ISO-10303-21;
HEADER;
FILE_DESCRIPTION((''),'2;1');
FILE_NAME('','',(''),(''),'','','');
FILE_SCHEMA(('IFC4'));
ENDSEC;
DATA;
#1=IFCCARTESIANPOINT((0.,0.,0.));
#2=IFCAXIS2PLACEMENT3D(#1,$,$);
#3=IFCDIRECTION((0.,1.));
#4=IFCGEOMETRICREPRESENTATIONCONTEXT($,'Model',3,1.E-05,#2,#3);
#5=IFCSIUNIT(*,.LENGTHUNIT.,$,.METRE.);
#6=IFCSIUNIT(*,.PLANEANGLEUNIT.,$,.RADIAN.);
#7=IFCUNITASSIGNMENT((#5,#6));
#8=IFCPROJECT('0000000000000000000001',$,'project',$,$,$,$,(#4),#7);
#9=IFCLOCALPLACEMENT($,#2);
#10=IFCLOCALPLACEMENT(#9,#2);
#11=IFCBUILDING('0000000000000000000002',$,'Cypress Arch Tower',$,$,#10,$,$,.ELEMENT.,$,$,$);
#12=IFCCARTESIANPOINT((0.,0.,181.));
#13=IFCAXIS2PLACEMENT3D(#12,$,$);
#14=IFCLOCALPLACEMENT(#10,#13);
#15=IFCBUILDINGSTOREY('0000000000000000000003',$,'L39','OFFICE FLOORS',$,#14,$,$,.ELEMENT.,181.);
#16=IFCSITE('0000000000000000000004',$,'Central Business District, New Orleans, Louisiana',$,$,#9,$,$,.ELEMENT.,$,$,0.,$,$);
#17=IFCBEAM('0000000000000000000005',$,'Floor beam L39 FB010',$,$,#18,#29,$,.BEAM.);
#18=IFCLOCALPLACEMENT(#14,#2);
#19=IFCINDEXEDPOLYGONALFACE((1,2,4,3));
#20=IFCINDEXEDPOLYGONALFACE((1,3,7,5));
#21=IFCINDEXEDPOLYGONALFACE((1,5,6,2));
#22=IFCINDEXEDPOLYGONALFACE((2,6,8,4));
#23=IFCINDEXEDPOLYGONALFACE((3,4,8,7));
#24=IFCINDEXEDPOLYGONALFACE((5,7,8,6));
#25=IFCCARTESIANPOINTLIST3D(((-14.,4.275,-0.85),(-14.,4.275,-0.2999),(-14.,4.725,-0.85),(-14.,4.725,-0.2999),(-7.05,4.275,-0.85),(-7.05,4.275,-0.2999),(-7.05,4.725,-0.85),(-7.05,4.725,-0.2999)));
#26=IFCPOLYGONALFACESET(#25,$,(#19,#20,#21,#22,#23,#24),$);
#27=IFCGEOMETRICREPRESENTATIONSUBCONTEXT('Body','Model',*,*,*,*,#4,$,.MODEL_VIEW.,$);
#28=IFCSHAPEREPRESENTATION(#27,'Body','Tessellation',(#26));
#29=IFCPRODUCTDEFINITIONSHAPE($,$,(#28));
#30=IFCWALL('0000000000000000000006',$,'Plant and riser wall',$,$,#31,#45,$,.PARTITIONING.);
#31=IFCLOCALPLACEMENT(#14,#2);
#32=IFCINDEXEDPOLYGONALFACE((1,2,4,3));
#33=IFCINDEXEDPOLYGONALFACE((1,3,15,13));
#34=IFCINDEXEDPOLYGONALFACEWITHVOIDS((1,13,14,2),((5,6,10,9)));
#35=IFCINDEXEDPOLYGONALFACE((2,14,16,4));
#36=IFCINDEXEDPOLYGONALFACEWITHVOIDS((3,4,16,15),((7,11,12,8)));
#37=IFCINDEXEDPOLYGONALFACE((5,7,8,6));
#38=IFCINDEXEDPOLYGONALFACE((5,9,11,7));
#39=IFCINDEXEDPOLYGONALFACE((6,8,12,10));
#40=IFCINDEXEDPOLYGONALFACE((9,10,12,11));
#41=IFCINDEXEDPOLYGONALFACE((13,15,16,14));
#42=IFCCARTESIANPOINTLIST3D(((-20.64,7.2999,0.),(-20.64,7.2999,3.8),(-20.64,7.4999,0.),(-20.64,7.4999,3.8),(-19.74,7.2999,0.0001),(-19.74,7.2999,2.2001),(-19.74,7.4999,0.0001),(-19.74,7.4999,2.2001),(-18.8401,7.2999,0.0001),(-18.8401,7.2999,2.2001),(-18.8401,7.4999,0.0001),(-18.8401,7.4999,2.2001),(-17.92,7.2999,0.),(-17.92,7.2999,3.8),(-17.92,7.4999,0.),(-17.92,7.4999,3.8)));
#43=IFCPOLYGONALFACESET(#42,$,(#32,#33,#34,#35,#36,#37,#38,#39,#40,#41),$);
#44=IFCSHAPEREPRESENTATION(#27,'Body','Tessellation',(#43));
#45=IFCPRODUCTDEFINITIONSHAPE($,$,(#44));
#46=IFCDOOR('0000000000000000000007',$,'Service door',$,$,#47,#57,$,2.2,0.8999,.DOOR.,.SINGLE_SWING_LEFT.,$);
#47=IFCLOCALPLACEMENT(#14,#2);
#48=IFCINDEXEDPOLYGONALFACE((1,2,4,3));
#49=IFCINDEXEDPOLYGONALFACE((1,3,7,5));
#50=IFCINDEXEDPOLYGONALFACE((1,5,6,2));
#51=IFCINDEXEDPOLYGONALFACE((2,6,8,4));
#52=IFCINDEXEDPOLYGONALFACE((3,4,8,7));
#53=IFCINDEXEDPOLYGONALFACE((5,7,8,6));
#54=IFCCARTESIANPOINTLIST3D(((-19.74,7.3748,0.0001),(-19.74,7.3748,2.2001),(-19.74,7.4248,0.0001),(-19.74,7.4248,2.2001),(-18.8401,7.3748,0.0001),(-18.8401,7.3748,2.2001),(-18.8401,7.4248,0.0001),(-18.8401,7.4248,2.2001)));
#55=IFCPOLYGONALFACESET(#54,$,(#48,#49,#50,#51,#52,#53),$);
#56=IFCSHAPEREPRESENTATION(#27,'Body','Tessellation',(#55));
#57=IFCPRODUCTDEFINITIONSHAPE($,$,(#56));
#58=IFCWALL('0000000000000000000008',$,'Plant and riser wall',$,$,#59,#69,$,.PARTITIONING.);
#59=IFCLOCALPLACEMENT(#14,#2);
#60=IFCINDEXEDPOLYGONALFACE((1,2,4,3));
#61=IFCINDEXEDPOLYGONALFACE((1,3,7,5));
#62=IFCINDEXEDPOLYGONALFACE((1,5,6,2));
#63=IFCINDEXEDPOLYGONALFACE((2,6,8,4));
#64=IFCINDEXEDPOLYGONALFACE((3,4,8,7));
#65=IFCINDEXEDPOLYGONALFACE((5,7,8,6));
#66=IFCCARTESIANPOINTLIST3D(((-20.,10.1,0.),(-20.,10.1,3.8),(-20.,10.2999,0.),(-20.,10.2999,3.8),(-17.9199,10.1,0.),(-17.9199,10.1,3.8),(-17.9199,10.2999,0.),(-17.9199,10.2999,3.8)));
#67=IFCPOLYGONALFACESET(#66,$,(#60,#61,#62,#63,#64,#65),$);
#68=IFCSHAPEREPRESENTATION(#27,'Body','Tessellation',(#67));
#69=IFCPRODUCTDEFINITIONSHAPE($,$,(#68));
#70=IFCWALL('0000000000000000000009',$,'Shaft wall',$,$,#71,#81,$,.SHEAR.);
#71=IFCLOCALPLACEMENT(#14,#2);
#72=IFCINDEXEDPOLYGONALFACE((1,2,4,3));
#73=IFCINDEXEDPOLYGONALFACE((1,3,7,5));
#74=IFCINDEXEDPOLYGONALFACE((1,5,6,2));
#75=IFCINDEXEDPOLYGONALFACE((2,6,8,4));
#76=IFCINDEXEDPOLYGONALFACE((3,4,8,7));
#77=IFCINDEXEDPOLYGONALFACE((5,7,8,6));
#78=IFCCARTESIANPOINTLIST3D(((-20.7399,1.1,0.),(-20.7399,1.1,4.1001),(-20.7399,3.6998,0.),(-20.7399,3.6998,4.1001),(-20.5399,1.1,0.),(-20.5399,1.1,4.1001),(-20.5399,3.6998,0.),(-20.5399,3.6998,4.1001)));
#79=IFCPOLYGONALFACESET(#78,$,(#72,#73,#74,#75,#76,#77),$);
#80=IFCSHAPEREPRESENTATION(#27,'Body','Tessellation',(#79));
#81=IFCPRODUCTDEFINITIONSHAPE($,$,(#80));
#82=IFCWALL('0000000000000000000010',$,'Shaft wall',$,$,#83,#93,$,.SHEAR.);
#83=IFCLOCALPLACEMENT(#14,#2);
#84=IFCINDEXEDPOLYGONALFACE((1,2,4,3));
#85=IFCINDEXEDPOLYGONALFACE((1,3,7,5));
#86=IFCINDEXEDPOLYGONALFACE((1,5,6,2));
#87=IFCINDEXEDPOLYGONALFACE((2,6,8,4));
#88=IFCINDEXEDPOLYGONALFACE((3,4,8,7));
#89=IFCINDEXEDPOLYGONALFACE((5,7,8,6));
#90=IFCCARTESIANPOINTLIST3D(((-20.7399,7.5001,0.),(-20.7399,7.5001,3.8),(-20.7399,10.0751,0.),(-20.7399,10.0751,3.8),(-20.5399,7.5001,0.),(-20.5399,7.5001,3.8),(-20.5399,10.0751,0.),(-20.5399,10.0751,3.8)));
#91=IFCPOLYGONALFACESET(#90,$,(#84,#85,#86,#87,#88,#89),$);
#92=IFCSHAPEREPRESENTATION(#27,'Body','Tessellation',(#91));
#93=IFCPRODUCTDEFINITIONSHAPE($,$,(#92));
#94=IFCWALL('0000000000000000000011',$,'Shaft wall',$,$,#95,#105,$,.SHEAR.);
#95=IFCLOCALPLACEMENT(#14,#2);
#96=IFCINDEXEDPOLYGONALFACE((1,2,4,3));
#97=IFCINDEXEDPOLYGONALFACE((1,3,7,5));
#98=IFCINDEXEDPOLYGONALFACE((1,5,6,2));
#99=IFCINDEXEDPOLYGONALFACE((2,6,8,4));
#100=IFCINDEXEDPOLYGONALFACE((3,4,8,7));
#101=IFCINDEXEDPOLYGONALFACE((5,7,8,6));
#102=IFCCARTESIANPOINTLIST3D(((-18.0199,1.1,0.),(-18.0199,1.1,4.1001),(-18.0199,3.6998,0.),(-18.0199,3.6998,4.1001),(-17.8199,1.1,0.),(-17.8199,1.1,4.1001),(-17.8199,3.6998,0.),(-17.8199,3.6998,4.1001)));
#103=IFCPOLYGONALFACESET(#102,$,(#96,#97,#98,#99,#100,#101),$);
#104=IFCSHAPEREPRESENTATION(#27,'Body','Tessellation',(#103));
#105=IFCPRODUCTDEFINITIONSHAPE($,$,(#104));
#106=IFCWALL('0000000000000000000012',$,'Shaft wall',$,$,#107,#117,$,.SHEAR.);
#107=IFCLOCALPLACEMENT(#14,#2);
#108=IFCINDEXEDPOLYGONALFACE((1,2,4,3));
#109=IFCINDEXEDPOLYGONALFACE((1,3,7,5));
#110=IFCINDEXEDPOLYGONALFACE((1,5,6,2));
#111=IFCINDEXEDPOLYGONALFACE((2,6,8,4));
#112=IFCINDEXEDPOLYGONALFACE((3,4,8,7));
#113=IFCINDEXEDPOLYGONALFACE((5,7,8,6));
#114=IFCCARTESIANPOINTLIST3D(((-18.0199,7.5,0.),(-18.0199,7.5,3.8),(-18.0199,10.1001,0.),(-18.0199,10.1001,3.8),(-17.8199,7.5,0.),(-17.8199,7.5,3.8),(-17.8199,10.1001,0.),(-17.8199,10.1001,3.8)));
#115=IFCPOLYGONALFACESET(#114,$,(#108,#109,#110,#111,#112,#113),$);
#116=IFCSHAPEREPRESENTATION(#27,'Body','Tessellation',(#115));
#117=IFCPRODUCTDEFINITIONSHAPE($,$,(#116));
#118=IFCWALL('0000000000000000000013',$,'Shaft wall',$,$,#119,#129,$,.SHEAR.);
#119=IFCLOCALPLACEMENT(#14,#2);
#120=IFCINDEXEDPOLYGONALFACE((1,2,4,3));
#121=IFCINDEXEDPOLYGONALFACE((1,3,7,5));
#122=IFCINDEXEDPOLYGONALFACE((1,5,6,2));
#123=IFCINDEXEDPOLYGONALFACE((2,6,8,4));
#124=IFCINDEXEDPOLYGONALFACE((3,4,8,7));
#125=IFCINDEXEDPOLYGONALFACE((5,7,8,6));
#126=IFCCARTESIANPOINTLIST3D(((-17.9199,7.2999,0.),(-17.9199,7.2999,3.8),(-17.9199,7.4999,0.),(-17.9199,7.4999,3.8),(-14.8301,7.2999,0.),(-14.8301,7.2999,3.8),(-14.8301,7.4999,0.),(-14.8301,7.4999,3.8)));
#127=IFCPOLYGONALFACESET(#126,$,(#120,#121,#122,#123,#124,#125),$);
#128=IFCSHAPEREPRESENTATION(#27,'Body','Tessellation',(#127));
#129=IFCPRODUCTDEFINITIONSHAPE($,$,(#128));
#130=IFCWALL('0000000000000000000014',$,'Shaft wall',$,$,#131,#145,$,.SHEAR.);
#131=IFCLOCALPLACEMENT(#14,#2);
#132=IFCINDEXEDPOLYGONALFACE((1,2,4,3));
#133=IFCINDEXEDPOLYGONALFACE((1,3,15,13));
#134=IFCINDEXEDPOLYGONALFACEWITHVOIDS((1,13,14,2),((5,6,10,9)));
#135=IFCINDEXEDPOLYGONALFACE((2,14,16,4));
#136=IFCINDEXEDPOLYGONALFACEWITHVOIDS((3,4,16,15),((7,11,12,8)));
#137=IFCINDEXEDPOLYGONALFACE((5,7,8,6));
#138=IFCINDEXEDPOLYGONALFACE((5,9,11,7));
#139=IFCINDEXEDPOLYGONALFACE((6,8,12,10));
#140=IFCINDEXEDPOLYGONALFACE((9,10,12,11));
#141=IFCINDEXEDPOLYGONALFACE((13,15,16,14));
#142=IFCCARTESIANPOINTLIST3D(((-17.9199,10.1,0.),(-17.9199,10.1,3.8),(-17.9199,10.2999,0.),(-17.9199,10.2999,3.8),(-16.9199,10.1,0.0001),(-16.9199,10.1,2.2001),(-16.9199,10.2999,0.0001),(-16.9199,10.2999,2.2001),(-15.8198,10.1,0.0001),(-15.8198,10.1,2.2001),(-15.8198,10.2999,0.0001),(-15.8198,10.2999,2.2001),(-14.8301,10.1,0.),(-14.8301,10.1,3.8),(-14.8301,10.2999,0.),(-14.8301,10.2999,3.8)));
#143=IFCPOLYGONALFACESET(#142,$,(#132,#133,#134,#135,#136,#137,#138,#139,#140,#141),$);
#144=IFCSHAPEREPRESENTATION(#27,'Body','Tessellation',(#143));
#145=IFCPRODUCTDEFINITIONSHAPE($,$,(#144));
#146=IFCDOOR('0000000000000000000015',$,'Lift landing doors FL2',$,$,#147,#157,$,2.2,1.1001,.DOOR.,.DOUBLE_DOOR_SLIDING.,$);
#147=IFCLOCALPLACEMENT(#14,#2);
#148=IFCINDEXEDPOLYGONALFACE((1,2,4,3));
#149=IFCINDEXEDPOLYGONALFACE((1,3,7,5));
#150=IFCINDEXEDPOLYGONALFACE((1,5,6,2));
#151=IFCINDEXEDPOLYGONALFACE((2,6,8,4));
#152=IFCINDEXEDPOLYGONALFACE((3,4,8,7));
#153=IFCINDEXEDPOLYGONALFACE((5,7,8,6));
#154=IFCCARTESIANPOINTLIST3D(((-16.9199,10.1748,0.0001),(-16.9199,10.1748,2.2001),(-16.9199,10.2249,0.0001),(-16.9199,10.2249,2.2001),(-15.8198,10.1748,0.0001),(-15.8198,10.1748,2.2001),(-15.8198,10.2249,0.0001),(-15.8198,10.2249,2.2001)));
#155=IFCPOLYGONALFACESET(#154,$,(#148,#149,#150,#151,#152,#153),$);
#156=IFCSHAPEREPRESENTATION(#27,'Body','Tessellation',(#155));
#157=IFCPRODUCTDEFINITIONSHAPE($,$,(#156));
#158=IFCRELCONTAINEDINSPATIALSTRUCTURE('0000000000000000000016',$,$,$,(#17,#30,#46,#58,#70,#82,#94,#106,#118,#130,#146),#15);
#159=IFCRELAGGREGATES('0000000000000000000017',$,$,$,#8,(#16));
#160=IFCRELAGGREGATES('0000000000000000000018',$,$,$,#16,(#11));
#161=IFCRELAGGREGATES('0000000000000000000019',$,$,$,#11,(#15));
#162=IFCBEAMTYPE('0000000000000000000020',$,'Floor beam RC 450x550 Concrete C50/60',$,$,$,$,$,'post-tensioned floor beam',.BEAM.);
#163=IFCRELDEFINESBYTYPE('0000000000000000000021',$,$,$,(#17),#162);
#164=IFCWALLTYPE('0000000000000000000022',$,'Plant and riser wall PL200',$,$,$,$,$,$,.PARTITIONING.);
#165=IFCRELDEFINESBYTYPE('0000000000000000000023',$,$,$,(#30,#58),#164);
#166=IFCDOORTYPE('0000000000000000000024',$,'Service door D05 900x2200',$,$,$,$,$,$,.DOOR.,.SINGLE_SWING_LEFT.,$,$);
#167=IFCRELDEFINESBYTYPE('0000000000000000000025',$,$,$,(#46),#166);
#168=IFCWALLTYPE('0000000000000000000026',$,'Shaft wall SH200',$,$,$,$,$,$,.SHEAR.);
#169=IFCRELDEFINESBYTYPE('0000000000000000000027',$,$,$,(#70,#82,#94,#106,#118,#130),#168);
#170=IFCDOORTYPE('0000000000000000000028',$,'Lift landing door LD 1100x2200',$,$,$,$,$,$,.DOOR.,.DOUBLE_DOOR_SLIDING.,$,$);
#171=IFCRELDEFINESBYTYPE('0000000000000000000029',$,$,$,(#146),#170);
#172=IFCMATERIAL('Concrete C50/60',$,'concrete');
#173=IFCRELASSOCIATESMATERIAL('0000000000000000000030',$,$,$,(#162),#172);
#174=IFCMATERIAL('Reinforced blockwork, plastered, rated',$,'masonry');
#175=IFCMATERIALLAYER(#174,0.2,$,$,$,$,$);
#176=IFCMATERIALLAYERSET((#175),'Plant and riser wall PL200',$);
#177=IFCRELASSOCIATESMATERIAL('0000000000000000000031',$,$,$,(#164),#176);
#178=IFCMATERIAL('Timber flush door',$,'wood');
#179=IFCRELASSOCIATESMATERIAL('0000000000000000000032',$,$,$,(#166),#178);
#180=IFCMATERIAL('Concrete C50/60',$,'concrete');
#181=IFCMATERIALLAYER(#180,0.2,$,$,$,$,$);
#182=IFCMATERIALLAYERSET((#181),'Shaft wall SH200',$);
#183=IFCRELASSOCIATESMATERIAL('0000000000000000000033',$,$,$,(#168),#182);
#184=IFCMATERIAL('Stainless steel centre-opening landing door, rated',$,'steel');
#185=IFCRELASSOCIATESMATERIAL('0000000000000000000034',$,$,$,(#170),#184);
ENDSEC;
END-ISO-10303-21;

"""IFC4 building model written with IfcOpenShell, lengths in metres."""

from ifc_helpers import new_model, si_unit, direction, frame, frame_2d, origin, origin_2d, place, context, subcontext, project, spatial, rectangle, extrude, material, layer, layer_set, material_profile, profile_set, type_object, element, fill, save


model = new_model("IFC4")

# Units and contexts
model_context = context("Model", 3, precision=1e-05, world=origin(), true_north=direction((0.0, 1.0)))
body_context = subcontext(model_context, "Body", "Model", "MODEL_VIEW")
ifc_project = project(units=[si_unit("LENGTHUNIT", "METRE"), si_unit("PLANEANGLEUNIT", "RADIAN")], contexts=[model_context])

# Site, building, storey
site_placement = place(None, origin())
site = spatial("IfcSite", under=ifc_project, at=site_placement, Name="Central Business District, New Orleans, Louisiana", CompositionType="ELEMENT", RefElevation=0.0)
building_placement = place(site_placement, origin())
building = spatial("IfcBuilding", under=site, at=building_placement, Name="Cypress Arch Tower", CompositionType="ELEMENT")
storey_placement = place(building_placement, frame((0.0, 0.0, 181.0)))
storey = spatial("IfcBuildingStorey", under=building, at=storey_placement, Name="L39", Description="OFFICE FLOORS", CompositionType="ELEMENT", Elevation=181.0)

# Beam
ifc_material_1 = material(Name="Concrete C50/60", Category="concrete")
ifc_material_profile = material_profile(ifc_material_1, rectangle(XDim=0.45, YDim=0.55, at=origin_2d()), Name="RC 450x550")
ifc_profile_set = profile_set([ifc_material_profile], Name="Concrete C50/60")
beam_type = type_object("IfcBeamType", Name="Floor beam RC 450x550 Concrete C50/60", ElementType="post-tensioned floor beam", PredefinedType="BEAM", material=ifc_profile_set)
beam_placement = place(storey_placement, frame((-14.0, 4.5, -0.575), z_axis=(1.0, 0.0, 0.0), x_axis=(0.0, 1.0, 0.0)))
element("IfcBeam", 1, at=beam_placement, inside=storey, type_object=beam_type, Name="Floor beam L39 FB010", PredefinedType="BEAM", context=body_context, shape_type="SweptSolid", body=[
    extrude(rectangle(XDim=0.45, YDim=0.55, at=origin_2d()), origin(), (0.0, 0.0, 1.0), 6.95),
])

# Wall, opening, door
ifc_material_2 = material(Name="Reinforced blockwork, plastered, rated", Category="masonry")
ifc_layer_1 = layer(ifc_material_2, 0.2)
ifc_layer_set_1 = layer_set([ifc_layer_1], Name="Plant and riser wall PL200")
wall_type_1 = type_object("IfcWallType", Name="Plant and riser wall PL200", PredefinedType="PARTITIONING", material=ifc_layer_set_1)
wall_1_placement = place(storey_placement, frame((-20.6399, 7.3999, 0.0), z_axis=(0.0, 0.0, 1.0), x_axis=(1.0, 0.0, 0.0)))
wall_1 = element("IfcWall", 2, at=wall_1_placement, inside=storey, type_object=wall_type_1, Name="Plant and riser wall", PredefinedType="PARTITIONING", context=body_context, shape_type="SweptSolid", body=[
    extrude(rectangle(XDim=2.72, YDim=0.2, at=frame_2d((1.3599, 0.0))), origin(), (0.0, 0.0, 1.0), 3.8),
])
opening_1_placement = place(wall_1_placement, frame((0.8999, 0.0, 0.0)))
opening_1 = element("IfcOpeningElement", 3, at=opening_1_placement, cuts=wall_1, PredefinedType="OPENING", context=body_context, shape_type="SweptSolid", body=[
    extrude(rectangle(XDim=0.8999, YDim=2.2, at=frame_2d((0.45, 1.1001))), frame((0.0, 0.1099, 0.0), z_axis=(0.0, -1.0, 0.0), x_axis=(1.0, 0.0, 0.0)), (0.0, 0.0, 1.0), 0.22),
])
ifc_material_3 = material(Name="Timber flush door", Category="wood")
door_type_1 = type_object("IfcDoorType", Name="Service door D05 900x2200", OperationType="SINGLE_SWING_LEFT", PredefinedType="DOOR", material=ifc_material_3)
door_1_placement = place(opening_1_placement, origin())
door_1 = element("IfcDoor", 4, at=door_1_placement, inside=storey, type_object=door_type_1, Name="Service door", OperationType="SINGLE_SWING_LEFT", OverallHeight=2.2, OverallWidth=0.8999, PredefinedType="DOOR", context=body_context, shape_type="SweptSolid", body=[
    extrude(rectangle(XDim=0.8999, YDim=2.2, at=frame_2d((0.45, 1.1001))), frame((0.0, 0.0249, 0.0), z_axis=(0.0, -1.0, 0.0), x_axis=(1.0, 0.0, 0.0)), (0.0, 0.0, 1.0), 0.05),
])
fill(opening_1, door_1)

# Walls
wall_2_placement = place(storey_placement, frame((-20.0, 10.2, 0.0), z_axis=(0.0, 0.0, 1.0), x_axis=(1.0, 0.0, 0.0)))
element("IfcWall", 5, at=wall_2_placement, inside=storey, type_object=wall_type_1, Name="Plant and riser wall", PredefinedType="PARTITIONING", context=body_context, shape_type="SweptSolid", body=[
    extrude(rectangle(XDim=2.0801, YDim=0.2, at=frame_2d((1.04, 0.0))), origin(), (0.0, 0.0, 1.0), 3.8),
])
ifc_material_4 = material(Name="Concrete C50/60", Category="concrete")
ifc_layer_2 = layer(ifc_material_4, 0.2)
ifc_layer_set_2 = layer_set([ifc_layer_2], Name="Shaft wall SH200")
wall_type_2 = type_object("IfcWallType", Name="Shaft wall SH200", PredefinedType="SHEAR", material=ifc_layer_set_2)
wall_3_placement = place(storey_placement, frame((-20.6399, 1.1001, 0.0), z_axis=(0.0, 0.0, 1.0), x_axis=(0.0, 1.0, 0.0)))
element("IfcWall", 6, at=wall_3_placement, inside=storey, type_object=wall_type_2, Name="Shaft wall", PredefinedType="SHEAR", context=body_context, shape_type="SweptSolid", body=[
    extrude(rectangle(XDim=2.5999, YDim=0.2, at=frame_2d((1.2998, 0.0))), origin(), (0.0, 0.0, 1.0), 4.1001),
])
wall_4_placement = place(storey_placement, frame((-20.6399, 7.5, 0.0), z_axis=(0.0, 0.0, 1.0), x_axis=(0.0, 1.0, 0.0)))
element("IfcWall", 7, at=wall_4_placement, inside=storey, type_object=wall_type_2, Name="Shaft wall", PredefinedType="SHEAR", context=body_context, shape_type="SweptSolid", body=[
    extrude(rectangle(XDim=2.575, YDim=0.2, at=frame_2d((1.2876, 0.0))), origin(), (0.0, 0.0, 1.0), 3.8),
])
wall_5_placement = place(storey_placement, frame((-17.9199, 1.1001, 0.0), z_axis=(0.0, 0.0, 1.0), x_axis=(0.0, 1.0, 0.0)))
element("IfcWall", 8, at=wall_5_placement, inside=storey, type_object=wall_type_2, Name="Shaft wall", PredefinedType="SHEAR", context=body_context, shape_type="SweptSolid", body=[
    extrude(rectangle(XDim=2.5999, YDim=0.2, at=frame_2d((1.2998, 0.0))), origin(), (0.0, 0.0, 1.0), 4.1001),
])
wall_6_placement = place(storey_placement, frame((-17.9199, 7.5, 0.0), z_axis=(0.0, 0.0, 1.0), x_axis=(0.0, 1.0, 0.0)))
element("IfcWall", 9, at=wall_6_placement, inside=storey, type_object=wall_type_2, Name="Shaft wall", PredefinedType="SHEAR", context=body_context, shape_type="SweptSolid", body=[
    extrude(rectangle(XDim=2.6001, YDim=0.2, at=frame_2d((1.3, 0.0))), origin(), (0.0, 0.0, 1.0), 3.8),
])
wall_7_placement = place(storey_placement, frame((-17.9199, 7.3999, 0.0), z_axis=(0.0, 0.0, 1.0), x_axis=(1.0, 0.0, 0.0)))
element("IfcWall", 10, at=wall_7_placement, inside=storey, type_object=wall_type_2, Name="Shaft wall", PredefinedType="SHEAR", context=body_context, shape_type="SweptSolid", body=[
    extrude(rectangle(XDim=3.0898, YDim=0.2, at=frame_2d((1.5449, 0.0))), origin(), (0.0, 0.0, 1.0), 3.8),
])

# Wall, opening, door
wall_8_placement = place(storey_placement, frame((-17.9199, 10.2, 0.0), z_axis=(0.0, 0.0, 1.0), x_axis=(1.0, 0.0, 0.0)))
wall_8 = element("IfcWall", 11, at=wall_8_placement, inside=storey, type_object=wall_type_2, Name="Shaft wall", PredefinedType="SHEAR", context=body_context, shape_type="SweptSolid", body=[
    extrude(rectangle(XDim=3.0898, YDim=0.2, at=frame_2d((1.5449, 0.0))), origin(), (0.0, 0.0, 1.0), 3.8),
])
opening_2_placement = place(wall_8_placement, frame((1.0, 0.0, 0.0)))
opening_2 = element("IfcOpeningElement", 12, at=opening_2_placement, cuts=wall_8, PredefinedType="OPENING", context=body_context, shape_type="SweptSolid", body=[
    extrude(rectangle(XDim=1.1001, YDim=2.2, at=frame_2d((0.55, 1.1001))), frame((0.0, 0.1099, 0.0), z_axis=(0.0, -1.0, 0.0), x_axis=(1.0, 0.0, 0.0)), (0.0, 0.0, 1.0), 0.22),
])
ifc_material_5 = material(Name="Stainless steel centre-opening landing door, rated", Category="steel")
door_type_2 = type_object("IfcDoorType", Name="Lift landing door LD 1100x2200", OperationType="DOUBLE_DOOR_SLIDING", PredefinedType="DOOR", material=ifc_material_5)
door_2_placement = place(opening_2_placement, origin())
door_2 = element("IfcDoor", 13, at=door_2_placement, inside=storey, type_object=door_type_2, Name="Lift landing doors FL2", OperationType="DOUBLE_DOOR_SLIDING", OverallHeight=2.2, OverallWidth=1.1001, PredefinedType="DOOR", context=body_context, shape_type="SweptSolid", body=[
    extrude(rectangle(XDim=1.1001, YDim=2.2, at=frame_2d((0.55, 1.1001))), frame((0.0, 0.0249, 0.0), z_axis=(0.0, -1.0, 0.0), x_axis=(1.0, 0.0, 0.0)), (0.0, 0.0, 1.0), 0.05),
])
fill(opening_2, door_2)

save(model, "model.ifc")
